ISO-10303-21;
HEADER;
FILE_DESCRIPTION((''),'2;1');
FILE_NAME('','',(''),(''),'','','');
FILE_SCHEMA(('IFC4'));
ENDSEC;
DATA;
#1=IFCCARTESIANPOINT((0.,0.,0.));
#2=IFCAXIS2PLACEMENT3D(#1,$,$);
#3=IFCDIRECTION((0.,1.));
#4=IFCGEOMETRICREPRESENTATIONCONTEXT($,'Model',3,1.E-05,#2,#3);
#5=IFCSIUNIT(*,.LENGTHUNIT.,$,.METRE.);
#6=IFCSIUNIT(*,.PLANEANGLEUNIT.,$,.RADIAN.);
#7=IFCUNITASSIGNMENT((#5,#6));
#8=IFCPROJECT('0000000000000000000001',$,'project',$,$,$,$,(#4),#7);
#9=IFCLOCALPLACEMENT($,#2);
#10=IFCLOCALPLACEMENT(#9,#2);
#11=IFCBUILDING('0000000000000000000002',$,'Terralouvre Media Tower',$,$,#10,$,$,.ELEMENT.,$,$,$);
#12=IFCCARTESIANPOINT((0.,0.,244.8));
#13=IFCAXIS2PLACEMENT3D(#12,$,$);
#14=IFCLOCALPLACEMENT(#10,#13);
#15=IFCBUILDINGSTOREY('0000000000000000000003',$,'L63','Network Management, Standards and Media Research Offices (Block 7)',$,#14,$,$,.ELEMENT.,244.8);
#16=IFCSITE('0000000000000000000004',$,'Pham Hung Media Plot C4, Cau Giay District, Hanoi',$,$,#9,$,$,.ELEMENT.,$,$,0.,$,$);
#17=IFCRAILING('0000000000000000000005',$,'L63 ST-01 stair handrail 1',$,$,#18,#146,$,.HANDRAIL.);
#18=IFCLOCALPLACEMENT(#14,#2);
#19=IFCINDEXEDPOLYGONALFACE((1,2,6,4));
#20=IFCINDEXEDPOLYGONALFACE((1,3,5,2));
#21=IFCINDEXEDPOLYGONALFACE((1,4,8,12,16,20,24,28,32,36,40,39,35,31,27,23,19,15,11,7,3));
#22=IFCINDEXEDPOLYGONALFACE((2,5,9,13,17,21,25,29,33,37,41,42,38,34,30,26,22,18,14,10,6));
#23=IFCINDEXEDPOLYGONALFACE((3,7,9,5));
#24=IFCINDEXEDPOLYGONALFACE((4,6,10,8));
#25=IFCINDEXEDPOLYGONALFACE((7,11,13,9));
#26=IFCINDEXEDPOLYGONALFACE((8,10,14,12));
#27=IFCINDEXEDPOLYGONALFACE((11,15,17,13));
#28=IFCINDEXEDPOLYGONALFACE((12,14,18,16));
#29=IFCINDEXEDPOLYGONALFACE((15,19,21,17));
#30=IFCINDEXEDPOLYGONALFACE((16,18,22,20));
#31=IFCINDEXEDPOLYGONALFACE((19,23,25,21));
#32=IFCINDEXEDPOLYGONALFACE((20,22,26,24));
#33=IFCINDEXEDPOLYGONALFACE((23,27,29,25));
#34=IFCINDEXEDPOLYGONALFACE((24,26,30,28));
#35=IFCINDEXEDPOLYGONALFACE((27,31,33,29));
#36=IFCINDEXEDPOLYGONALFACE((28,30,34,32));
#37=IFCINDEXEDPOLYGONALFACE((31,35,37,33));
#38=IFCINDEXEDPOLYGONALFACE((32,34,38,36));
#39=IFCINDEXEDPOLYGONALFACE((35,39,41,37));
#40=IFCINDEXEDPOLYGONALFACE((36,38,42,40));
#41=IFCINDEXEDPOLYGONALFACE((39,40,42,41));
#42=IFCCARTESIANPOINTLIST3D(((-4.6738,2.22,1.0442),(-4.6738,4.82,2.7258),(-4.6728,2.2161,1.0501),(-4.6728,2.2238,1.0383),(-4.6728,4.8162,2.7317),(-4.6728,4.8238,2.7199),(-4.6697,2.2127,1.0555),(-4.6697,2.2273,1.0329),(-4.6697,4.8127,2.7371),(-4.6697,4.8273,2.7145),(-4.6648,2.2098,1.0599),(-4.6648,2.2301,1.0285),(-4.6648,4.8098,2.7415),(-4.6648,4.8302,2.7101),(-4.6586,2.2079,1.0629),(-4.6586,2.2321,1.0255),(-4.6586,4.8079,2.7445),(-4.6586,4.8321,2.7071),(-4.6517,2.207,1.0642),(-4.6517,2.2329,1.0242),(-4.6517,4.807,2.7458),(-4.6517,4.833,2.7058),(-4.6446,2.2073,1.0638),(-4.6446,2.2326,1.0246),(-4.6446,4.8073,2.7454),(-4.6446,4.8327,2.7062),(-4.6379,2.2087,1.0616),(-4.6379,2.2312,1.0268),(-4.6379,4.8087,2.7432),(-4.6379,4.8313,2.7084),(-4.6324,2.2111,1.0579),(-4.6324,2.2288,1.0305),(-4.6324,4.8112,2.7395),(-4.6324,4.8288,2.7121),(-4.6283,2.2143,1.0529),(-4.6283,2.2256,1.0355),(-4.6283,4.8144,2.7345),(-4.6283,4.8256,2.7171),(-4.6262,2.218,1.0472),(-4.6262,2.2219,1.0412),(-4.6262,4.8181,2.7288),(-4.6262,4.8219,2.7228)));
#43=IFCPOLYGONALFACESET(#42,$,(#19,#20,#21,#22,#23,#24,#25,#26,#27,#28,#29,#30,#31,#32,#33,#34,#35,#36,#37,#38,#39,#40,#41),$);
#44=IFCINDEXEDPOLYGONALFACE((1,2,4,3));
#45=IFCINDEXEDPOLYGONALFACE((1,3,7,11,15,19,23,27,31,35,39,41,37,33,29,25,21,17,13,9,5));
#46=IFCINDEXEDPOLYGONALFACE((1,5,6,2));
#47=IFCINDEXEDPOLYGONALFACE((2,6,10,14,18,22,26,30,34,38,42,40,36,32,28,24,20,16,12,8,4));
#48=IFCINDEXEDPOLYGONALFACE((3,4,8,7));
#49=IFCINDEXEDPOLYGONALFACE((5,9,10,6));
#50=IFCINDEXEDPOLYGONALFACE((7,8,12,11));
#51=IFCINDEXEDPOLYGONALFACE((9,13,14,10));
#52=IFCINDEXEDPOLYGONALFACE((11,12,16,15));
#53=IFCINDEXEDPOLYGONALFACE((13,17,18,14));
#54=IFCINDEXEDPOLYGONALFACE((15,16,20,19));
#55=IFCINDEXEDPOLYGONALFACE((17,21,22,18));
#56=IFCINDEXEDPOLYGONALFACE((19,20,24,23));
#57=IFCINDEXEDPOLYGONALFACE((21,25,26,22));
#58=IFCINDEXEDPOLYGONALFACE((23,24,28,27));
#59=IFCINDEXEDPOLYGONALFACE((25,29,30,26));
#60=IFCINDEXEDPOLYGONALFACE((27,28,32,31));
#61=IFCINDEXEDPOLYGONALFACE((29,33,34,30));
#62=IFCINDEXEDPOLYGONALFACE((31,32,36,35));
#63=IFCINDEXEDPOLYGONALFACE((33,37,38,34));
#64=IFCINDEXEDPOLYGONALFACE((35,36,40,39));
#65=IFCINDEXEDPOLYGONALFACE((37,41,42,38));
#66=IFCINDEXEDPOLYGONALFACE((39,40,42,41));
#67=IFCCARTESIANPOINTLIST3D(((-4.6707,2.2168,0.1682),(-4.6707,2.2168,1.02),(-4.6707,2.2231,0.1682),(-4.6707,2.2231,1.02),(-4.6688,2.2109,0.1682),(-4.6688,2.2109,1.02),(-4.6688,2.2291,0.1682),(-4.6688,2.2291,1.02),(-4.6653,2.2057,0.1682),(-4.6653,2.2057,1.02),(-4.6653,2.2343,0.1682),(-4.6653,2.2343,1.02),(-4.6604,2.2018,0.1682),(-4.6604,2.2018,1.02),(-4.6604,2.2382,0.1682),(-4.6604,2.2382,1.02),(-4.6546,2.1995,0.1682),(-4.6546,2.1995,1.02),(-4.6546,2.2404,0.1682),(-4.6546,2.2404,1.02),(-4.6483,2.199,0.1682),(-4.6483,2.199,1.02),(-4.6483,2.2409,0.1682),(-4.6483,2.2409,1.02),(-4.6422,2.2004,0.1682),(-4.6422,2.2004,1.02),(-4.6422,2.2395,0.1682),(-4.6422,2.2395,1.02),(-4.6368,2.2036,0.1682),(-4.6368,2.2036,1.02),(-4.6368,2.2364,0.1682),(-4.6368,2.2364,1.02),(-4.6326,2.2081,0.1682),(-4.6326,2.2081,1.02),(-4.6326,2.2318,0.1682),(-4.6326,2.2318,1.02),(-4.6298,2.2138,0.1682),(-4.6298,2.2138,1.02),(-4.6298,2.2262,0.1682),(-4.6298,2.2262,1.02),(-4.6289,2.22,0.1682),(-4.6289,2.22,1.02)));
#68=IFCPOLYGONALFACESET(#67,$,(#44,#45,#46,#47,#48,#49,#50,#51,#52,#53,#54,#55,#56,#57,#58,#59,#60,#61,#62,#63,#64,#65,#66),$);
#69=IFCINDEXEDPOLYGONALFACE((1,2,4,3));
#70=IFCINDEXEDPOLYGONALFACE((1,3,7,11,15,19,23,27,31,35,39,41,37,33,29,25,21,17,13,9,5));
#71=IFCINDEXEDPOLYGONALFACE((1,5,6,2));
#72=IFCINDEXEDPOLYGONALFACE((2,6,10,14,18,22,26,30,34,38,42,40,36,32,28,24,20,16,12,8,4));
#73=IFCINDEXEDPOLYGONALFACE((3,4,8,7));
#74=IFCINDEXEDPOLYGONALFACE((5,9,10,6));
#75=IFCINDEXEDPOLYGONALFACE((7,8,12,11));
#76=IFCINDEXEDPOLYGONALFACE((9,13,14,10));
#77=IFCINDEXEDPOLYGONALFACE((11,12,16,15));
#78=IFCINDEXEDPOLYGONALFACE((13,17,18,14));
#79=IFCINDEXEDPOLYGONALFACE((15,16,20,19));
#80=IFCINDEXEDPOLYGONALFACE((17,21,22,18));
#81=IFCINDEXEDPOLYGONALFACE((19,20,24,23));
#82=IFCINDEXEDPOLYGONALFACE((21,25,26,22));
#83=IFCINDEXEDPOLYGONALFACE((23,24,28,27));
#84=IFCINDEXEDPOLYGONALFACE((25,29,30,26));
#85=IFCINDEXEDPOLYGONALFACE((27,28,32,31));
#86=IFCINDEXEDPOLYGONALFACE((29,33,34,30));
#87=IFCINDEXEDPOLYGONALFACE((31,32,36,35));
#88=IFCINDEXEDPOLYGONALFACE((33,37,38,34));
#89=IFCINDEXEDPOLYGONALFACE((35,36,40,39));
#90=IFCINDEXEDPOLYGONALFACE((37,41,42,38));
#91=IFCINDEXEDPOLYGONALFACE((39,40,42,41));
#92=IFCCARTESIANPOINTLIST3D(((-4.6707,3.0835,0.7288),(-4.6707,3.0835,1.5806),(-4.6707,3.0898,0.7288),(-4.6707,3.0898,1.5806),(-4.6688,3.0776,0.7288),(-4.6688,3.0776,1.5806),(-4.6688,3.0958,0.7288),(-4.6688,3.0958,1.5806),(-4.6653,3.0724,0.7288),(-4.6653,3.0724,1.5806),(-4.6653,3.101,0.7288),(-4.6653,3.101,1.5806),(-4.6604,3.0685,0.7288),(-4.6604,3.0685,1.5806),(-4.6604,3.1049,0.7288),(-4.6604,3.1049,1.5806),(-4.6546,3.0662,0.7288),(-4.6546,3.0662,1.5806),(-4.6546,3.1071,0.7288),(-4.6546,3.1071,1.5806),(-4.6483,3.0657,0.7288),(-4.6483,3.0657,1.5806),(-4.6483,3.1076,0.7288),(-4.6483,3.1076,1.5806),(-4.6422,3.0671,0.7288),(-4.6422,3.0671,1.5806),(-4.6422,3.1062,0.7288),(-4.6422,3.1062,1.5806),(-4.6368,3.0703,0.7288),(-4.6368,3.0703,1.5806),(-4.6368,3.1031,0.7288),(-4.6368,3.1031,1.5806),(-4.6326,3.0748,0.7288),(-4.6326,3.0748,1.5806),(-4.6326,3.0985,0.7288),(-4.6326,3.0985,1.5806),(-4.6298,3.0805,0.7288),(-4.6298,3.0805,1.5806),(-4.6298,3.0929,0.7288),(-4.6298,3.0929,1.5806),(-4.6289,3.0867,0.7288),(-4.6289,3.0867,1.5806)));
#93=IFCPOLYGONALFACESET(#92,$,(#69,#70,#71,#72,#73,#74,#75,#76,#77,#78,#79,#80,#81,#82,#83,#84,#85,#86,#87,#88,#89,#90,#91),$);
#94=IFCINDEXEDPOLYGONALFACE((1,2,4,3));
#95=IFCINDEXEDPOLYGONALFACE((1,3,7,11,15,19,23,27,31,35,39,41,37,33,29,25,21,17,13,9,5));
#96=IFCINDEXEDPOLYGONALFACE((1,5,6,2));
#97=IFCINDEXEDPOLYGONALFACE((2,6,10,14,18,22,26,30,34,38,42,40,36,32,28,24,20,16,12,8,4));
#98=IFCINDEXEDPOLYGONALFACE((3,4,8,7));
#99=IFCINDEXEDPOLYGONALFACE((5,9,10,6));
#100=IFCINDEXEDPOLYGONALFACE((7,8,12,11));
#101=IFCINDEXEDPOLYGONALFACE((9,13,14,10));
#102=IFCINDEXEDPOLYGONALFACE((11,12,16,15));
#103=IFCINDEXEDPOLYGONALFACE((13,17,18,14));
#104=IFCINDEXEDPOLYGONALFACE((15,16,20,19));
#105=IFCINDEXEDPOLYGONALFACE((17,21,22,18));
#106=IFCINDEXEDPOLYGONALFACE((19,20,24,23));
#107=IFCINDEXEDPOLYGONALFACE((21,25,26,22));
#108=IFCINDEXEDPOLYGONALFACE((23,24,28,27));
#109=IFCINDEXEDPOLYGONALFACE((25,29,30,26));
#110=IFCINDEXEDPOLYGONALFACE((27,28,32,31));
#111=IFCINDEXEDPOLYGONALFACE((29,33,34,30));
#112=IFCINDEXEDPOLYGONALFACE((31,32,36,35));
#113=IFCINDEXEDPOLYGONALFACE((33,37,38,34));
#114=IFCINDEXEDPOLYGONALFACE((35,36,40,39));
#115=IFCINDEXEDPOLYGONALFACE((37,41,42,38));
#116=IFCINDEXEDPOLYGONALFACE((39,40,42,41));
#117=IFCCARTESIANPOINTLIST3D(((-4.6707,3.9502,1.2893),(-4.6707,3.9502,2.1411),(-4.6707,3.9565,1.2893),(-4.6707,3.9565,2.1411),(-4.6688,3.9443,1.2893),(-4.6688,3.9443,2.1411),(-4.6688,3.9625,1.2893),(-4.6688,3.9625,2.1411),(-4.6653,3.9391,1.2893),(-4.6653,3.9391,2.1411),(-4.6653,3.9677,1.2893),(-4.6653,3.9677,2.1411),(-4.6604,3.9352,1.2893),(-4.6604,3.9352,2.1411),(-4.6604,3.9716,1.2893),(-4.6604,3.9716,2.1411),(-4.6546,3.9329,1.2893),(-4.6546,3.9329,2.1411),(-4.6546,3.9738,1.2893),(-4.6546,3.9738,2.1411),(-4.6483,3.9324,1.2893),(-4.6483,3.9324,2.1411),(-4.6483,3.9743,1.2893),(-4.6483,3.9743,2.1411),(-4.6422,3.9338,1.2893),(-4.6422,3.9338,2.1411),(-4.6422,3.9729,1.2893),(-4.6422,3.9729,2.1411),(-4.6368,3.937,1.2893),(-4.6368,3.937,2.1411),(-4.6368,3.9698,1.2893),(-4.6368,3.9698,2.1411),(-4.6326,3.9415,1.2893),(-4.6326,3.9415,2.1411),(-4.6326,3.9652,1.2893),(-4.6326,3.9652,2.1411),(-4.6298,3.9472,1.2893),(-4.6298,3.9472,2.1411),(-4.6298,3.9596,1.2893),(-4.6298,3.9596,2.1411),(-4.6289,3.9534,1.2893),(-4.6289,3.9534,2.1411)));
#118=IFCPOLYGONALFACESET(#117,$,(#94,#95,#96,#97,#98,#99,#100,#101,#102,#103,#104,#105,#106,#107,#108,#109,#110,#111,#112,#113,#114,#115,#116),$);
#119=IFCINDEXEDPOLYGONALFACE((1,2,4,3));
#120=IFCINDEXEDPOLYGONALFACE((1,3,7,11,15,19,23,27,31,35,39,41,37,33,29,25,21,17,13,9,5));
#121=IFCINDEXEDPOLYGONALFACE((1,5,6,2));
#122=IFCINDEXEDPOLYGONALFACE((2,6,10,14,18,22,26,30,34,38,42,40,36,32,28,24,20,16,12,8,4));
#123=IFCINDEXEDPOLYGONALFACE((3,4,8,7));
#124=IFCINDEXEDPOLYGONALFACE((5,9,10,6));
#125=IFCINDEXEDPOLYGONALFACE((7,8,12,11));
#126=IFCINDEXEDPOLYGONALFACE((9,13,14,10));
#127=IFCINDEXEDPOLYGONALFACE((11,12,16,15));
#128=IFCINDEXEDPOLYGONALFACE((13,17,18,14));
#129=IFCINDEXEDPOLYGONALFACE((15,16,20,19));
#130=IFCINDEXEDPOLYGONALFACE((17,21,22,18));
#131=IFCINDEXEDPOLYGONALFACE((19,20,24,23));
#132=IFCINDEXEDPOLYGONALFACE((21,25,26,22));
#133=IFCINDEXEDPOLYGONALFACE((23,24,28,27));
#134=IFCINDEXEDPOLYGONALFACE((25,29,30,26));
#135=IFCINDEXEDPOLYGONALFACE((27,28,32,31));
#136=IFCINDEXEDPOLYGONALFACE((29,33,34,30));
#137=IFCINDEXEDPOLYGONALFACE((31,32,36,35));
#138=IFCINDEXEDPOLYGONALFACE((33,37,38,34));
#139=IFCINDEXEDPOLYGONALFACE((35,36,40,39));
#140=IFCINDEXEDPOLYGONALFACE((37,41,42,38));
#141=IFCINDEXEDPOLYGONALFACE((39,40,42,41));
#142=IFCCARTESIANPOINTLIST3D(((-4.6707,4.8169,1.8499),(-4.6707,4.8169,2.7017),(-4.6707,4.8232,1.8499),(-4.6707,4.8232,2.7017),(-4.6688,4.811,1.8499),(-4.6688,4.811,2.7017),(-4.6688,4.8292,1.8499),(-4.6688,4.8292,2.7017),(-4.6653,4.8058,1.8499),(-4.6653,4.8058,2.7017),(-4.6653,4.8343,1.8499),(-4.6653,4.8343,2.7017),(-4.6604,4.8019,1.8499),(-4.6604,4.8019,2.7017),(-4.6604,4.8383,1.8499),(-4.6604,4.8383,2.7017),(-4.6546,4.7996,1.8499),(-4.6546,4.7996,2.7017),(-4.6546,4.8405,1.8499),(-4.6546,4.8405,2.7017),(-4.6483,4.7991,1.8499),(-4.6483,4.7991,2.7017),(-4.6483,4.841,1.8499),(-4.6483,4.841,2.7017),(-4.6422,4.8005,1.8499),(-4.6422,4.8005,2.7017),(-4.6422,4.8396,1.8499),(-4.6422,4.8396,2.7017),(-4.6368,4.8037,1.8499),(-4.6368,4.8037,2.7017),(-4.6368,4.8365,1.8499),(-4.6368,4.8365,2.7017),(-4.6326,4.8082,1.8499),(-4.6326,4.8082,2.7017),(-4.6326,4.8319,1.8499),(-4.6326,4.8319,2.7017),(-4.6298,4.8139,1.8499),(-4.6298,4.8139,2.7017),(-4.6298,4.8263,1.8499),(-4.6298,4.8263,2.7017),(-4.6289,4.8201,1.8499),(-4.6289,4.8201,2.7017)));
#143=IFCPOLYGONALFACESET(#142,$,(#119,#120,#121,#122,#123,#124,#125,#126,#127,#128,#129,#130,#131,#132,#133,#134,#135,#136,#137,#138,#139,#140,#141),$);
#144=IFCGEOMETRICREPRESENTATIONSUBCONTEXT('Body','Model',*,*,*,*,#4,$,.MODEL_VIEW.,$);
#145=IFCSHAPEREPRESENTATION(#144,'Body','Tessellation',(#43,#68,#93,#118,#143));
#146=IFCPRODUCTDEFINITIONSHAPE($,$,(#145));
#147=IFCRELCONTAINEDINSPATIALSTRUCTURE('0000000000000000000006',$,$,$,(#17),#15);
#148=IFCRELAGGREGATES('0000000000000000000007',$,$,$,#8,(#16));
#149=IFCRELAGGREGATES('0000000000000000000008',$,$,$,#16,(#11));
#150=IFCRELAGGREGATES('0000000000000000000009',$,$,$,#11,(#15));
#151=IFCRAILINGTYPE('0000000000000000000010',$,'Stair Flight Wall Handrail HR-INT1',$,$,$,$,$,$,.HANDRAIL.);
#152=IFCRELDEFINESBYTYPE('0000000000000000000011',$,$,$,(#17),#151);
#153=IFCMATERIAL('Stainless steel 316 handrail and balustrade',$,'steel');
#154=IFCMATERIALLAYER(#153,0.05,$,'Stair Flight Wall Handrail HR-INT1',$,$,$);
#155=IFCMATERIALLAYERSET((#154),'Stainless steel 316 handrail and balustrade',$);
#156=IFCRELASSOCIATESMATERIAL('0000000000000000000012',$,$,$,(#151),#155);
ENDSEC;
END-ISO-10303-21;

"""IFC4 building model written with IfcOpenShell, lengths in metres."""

from ifc_helpers import new_model, si_unit, direction, frame, origin, origin_2d, place, context, subcontext, project, spatial, circle, extrude, material, layer, layer_set, type_object, element, save


model = new_model("IFC4")

# Units and contexts
model_context = context("Model", 3, precision=1e-05, world=origin(), true_north=direction((0.0, 1.0)))
body_context = subcontext(model_context, "Body", "Model", "MODEL_VIEW")
ifc_project = project(units=[si_unit("LENGTHUNIT", "METRE"), si_unit("PLANEANGLEUNIT", "RADIAN")], contexts=[model_context])

# Site, building, storey
site_placement = place(None, origin())
site = spatial("IfcSite", under=ifc_project, at=site_placement, Name="Pham Hung Media Plot C4, Cau Giay District, Hanoi", CompositionType="ELEMENT", RefElevation=0.0)
building_placement = place(site_placement, origin())
building = spatial("IfcBuilding", under=site, at=building_placement, Name="Terralouvre Media Tower", CompositionType="ELEMENT")
storey_placement = place(building_placement, frame((0.0, 0.0, 244.8)))
storey = spatial("IfcBuildingStorey", under=building, at=storey_placement, Name="L63", Description="Network Management, Standards and Media Research Offices (Block 7)", CompositionType="ELEMENT", Elevation=244.8)

# Railing
ifc_material_1 = material(Name="Stainless steel 316 handrail and balustrade", Category="steel")
ifc_layer_1 = layer(ifc_material_1, 0.05, Name="Stair Flight Wall Handrail HR-INT1")
ifc_layer_set_1 = layer_set([ifc_layer_1], Name="Stainless steel 316 handrail and balustrade")
railing_type_1 = type_object("IfcRailingType", Name="Stair Flight Wall Handrail HR-INT1", PredefinedType="HANDRAIL", material=ifc_layer_set_1)
railing_1_placement = place(storey_placement, frame((-4.6499, 2.22, 0.1682)))
element("IfcRailing", 1, at=railing_1_placement, inside=storey, type_object=railing_type_1, Name="L63 ST-01 stair handrail 1", PredefinedType="HANDRAIL", context=body_context, shape_type="SweptSolid", body=[
    extrude(circle(Radius=0.0239, at=origin_2d()), frame((0.0, 0.0, 0.876), z_axis=(0.0, 0.839684, 0.543075), x_axis=(-1.0, 0.0, 0.0)), (0.0, 0.0, 1.0), 3.0964),
    extrude(circle(Radius=0.021, at=origin_2d()), origin(), (0.0, 0.0, 1.0), 0.8518),
    extrude(circle(Radius=0.021, at=origin_2d()), frame((0.0, 0.8667, 0.5605)), (0.0, 0.0, 1.0), 0.8518),
    extrude(circle(Radius=0.021, at=origin_2d()), frame((0.0, 1.7334, 1.1211)), (0.0, 0.0, 1.0), 0.8518),
    extrude(circle(Radius=0.021, at=origin_2d()), frame((0.0, 2.6001, 1.6816)), (0.0, 0.0, 1.0), 0.8518),
])

save(model, "model.ifc")
